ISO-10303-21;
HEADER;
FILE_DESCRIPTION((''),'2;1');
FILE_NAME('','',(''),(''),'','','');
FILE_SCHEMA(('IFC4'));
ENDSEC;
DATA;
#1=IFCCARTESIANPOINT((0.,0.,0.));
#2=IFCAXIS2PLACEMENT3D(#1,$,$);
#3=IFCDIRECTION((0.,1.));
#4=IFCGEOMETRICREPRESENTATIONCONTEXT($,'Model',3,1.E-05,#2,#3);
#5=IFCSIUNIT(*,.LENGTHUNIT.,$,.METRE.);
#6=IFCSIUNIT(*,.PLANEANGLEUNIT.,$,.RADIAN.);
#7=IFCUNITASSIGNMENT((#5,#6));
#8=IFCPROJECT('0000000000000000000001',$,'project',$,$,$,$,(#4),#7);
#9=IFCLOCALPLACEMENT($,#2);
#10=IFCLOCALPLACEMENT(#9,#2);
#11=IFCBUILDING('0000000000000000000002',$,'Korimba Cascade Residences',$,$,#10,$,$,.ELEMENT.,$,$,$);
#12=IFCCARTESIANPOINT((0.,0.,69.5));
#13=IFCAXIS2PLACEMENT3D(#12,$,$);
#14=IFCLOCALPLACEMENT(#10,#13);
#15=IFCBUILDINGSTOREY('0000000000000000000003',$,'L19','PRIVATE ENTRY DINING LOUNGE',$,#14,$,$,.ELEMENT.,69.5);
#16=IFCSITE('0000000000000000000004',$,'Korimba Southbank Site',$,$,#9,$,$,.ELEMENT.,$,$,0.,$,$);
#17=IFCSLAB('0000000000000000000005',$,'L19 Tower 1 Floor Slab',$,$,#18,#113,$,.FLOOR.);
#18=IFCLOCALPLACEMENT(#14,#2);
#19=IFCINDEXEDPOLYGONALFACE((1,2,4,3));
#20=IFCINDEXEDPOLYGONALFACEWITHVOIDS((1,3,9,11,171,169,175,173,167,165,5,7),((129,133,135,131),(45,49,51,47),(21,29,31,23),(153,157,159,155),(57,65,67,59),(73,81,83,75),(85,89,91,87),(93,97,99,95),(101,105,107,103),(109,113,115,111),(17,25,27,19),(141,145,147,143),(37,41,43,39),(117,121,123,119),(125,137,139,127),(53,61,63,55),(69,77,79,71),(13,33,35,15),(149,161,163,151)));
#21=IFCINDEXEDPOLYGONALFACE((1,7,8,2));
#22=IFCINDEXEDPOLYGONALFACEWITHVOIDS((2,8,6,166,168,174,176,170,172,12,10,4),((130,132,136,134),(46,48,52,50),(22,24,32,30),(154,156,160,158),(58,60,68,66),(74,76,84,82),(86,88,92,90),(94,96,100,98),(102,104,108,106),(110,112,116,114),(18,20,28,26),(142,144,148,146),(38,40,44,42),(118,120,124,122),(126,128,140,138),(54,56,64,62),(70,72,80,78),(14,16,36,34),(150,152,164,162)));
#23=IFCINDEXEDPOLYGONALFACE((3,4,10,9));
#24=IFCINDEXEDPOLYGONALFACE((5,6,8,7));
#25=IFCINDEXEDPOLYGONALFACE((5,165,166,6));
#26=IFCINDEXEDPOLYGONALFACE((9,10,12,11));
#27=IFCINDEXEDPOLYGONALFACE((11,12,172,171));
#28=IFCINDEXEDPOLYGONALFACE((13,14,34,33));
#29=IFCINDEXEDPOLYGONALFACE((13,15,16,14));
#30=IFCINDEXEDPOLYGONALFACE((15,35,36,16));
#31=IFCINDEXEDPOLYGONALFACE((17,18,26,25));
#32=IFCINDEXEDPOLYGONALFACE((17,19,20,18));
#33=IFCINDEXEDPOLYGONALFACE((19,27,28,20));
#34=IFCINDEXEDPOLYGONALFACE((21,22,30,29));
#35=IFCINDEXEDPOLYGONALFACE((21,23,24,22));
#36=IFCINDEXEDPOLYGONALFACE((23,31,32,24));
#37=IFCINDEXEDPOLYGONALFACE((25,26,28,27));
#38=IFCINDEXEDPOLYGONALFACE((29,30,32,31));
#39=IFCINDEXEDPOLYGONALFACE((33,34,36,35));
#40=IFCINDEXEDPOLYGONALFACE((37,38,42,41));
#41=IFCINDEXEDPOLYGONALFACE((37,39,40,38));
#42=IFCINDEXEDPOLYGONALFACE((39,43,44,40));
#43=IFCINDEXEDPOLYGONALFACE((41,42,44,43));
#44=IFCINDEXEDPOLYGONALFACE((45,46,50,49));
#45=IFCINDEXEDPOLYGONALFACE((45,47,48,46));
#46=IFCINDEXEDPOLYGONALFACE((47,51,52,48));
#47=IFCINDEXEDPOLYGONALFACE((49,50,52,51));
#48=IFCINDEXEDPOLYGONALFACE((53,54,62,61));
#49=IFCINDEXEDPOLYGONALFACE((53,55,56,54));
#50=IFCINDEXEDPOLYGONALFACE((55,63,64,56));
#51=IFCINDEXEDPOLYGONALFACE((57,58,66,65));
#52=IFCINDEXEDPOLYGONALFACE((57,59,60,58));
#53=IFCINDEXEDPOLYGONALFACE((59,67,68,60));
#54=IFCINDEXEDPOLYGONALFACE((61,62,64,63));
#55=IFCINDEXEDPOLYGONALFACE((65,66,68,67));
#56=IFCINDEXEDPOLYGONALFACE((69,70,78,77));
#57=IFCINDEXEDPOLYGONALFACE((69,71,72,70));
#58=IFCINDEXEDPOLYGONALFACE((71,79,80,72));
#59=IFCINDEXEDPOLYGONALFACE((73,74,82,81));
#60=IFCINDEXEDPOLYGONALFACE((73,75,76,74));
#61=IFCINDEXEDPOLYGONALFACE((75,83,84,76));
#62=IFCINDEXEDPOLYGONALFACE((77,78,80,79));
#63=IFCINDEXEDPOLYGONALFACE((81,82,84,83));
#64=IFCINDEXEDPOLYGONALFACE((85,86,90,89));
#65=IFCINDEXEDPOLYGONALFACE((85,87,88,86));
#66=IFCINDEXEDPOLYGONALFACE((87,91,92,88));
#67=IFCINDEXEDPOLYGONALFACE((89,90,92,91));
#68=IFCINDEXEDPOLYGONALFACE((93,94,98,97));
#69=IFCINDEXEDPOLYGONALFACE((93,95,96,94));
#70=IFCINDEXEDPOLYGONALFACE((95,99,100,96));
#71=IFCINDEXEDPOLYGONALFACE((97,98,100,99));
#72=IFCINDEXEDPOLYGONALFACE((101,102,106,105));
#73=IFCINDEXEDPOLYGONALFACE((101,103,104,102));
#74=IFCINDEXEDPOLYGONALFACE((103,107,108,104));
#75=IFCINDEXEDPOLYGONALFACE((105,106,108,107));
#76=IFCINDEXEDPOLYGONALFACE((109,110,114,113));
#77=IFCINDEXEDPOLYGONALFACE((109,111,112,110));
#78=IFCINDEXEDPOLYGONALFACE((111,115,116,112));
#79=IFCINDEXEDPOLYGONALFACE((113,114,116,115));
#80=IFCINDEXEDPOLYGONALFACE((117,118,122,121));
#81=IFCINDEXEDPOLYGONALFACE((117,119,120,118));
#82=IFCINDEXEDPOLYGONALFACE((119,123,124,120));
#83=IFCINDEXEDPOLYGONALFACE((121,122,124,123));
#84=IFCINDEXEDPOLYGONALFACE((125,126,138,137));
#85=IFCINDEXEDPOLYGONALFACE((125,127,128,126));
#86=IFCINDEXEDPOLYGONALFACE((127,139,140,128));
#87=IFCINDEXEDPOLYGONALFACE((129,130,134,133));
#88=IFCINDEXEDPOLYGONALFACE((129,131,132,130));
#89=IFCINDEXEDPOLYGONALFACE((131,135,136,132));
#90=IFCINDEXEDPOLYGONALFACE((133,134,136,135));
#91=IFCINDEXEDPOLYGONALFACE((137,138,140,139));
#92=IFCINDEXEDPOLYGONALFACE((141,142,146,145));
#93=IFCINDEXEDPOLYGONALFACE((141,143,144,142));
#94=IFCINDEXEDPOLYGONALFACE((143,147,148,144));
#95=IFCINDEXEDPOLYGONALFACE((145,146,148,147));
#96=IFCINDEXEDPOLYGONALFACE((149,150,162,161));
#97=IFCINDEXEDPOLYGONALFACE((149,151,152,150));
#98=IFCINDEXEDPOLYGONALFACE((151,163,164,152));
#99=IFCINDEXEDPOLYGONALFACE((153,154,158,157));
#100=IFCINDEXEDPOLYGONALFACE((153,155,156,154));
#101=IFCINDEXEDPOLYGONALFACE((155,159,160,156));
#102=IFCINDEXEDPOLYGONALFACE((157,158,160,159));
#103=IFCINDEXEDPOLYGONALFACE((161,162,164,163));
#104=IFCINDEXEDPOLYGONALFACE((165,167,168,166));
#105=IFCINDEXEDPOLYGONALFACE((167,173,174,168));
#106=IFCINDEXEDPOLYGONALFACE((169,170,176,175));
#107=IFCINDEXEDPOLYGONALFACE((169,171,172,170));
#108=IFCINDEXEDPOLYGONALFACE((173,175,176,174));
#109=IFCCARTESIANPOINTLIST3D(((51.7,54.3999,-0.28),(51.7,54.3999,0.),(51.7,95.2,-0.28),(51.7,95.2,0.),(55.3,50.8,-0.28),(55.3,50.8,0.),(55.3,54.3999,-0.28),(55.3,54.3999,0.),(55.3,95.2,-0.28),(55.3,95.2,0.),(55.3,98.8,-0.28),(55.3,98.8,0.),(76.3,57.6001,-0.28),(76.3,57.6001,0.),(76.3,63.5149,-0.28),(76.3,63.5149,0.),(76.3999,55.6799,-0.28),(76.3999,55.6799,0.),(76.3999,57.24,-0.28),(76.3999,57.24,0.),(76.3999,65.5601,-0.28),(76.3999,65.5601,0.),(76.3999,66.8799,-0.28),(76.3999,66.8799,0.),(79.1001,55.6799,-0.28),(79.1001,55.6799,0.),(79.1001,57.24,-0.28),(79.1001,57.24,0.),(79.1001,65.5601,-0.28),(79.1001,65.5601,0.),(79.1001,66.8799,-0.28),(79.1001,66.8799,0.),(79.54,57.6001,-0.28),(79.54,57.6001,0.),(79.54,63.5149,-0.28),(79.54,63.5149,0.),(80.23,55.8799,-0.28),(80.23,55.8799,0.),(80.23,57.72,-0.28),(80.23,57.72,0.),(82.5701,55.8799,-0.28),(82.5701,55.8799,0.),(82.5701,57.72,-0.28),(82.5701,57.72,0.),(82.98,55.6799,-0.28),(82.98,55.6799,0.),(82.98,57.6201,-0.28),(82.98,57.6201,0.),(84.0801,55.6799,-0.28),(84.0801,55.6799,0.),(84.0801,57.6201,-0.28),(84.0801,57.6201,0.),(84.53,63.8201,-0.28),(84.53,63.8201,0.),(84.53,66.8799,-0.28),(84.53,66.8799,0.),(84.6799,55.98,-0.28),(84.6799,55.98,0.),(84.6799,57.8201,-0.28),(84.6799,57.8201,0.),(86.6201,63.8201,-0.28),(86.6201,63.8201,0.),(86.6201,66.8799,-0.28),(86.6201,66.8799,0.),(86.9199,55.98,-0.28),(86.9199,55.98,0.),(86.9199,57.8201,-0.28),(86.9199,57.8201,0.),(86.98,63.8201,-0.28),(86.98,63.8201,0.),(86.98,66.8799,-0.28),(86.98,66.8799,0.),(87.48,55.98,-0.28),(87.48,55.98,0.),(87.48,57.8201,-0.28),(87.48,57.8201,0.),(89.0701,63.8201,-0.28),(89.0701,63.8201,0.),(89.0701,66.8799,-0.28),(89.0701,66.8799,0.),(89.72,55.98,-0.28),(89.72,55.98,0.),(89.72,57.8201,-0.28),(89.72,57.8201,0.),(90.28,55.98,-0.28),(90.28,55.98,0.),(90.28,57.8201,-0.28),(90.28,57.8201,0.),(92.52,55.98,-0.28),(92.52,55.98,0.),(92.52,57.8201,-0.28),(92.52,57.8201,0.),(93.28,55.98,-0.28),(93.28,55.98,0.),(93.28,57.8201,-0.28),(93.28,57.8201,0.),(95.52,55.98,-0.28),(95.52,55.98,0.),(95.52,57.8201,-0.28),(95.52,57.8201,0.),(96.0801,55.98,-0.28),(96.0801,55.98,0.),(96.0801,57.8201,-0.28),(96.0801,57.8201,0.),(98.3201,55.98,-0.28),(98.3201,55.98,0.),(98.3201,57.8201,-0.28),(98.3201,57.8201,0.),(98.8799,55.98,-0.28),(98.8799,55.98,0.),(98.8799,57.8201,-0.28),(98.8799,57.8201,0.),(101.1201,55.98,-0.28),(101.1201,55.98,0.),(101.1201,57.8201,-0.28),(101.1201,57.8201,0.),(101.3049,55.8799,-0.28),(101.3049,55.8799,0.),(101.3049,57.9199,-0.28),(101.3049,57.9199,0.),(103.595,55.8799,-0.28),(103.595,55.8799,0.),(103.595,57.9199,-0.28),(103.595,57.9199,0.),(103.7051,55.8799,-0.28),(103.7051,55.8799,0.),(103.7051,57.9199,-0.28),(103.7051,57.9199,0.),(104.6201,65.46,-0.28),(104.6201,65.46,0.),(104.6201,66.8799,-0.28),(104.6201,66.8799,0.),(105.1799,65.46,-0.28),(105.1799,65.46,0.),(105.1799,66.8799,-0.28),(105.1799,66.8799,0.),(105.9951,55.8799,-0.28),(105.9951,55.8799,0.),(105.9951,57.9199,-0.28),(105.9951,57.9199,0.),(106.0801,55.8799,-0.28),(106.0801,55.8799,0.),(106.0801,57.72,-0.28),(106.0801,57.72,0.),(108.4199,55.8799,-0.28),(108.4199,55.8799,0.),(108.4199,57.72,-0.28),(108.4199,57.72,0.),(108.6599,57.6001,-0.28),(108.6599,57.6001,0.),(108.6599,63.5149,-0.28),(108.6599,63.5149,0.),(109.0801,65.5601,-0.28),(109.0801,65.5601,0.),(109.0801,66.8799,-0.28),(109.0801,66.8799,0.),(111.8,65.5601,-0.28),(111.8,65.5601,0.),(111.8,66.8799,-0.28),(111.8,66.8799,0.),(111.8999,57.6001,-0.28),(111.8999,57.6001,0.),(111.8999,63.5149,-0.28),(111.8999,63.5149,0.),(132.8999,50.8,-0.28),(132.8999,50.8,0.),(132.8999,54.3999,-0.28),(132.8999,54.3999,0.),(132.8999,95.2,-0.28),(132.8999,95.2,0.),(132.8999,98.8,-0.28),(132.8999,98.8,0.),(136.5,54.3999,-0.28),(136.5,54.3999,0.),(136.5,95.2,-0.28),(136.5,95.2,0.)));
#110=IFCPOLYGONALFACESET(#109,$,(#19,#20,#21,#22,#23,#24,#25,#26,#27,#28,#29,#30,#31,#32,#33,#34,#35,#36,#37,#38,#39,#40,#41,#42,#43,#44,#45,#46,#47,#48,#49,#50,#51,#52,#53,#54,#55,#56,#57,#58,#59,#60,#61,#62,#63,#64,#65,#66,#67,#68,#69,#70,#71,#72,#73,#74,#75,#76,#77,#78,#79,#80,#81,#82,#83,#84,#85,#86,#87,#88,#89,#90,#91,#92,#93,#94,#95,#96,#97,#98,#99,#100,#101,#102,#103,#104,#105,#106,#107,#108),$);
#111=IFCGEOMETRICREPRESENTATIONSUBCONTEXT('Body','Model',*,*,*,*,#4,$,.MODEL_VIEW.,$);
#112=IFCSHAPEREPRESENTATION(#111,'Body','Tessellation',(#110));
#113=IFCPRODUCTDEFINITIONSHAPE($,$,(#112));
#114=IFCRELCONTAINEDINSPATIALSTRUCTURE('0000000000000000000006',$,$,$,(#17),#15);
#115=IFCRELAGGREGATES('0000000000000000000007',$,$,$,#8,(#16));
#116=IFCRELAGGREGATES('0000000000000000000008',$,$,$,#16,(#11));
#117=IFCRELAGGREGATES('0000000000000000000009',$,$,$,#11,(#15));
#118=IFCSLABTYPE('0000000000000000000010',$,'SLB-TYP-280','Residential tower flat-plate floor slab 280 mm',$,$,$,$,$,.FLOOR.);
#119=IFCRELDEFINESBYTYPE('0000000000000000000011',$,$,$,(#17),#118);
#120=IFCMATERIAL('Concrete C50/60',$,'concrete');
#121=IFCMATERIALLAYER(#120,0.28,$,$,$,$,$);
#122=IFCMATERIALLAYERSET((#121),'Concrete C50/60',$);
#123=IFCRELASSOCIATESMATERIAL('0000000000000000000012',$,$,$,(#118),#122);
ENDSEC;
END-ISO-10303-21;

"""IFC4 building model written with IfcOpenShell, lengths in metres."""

from ifc_helpers import new_model, si_unit, direction, frame, origin, place, context, subcontext, project, spatial, polyline, outline, extrude, material, layer, layer_set, type_object, element, save


model = new_model("IFC4")

# Units and contexts
model_context = context("Model", 3, precision=1e-05, world=origin(), true_north=direction((0.0, 1.0)))
body_context = subcontext(model_context, "Body", "Model", "MODEL_VIEW")
ifc_project = project(units=[si_unit("LENGTHUNIT", "METRE"), si_unit("PLANEANGLEUNIT", "RADIAN")], contexts=[model_context])

# Site, building, storey
site_placement = place(None, origin())
site = spatial("IfcSite", under=ifc_project, at=site_placement, Name="Korimba Southbank Site", CompositionType="ELEMENT", RefElevation=0.0)
building_placement = place(site_placement, origin())
building = spatial("IfcBuilding", under=site, at=building_placement, Name="Korimba Cascade Residences", CompositionType="ELEMENT")
storey_placement = place(building_placement, frame((0.0, 0.0, 69.5)))
storey = spatial("IfcBuildingStorey", under=building, at=storey_placement, Name="L19", Description="PRIVATE ENTRY DINING LOUNGE", CompositionType="ELEMENT", Elevation=69.5)

# Shared definitions
ifc_material_1 = material(Name="Concrete C50/60", Category="concrete")

# Slab
ifc_layer_1 = layer(ifc_material_1, 0.28)
ifc_layer_set_1 = layer_set([ifc_layer_1], Name="Concrete C50/60")
slab_type_1 = type_object("IfcSlabType", Name="SLB-TYP-280", Description="Residential tower flat-plate floor slab 280 mm", PredefinedType="FLOOR", material=ifc_layer_set_1)
slab_1_placement = place(storey_placement, frame((0.0, 0.0, -0.28)))
element("IfcSlab", 1, at=slab_1_placement, inside=storey, type_object=slab_type_1, Name="L19 Tower 1 Floor Slab", PredefinedType="FLOOR", context=body_context, shape_type="SweptSolid", body=[
    extrude(outline(polyline([(55.3, 50.8), (132.8999, 50.8), (132.8999, 54.3999), (136.5, 54.3999), (136.5, 95.2), (132.8999, 95.2), (132.8999, 98.8), (55.3, 98.8), (55.3, 95.2), (51.7, 95.2), (51.7, 54.3999), (55.3, 54.3999), (55.3, 50.8)]), holes=[polyline([(76.3, 63.5149), (76.3, 57.6001), (79.54, 57.6001), (79.54, 63.5149), (76.3, 63.5149)]), polyline([(108.6599, 63.5149), (108.6599, 57.6001), (111.8999, 57.6001), (111.8999, 63.5149), (108.6599, 63.5149)]), polyline([(80.23, 55.8799), (82.5701, 55.8799), (82.5701, 57.72), (80.23, 57.72), (80.23, 55.8799)]), polyline([(106.0801, 55.8799), (108.4199, 55.8799), (108.4199, 57.72), (106.0801, 57.72), (106.0801, 55.8799)]), polyline([(84.6799, 55.98), (86.9199, 55.98), (86.9199, 57.8201), (84.6799, 57.8201), (84.6799, 55.98)]), polyline([(87.48, 55.98), (89.72, 55.98), (89.72, 57.8201), (87.48, 57.8201), (87.48, 55.98)]), polyline([(90.28, 55.98), (92.52, 55.98), (92.52, 57.8201), (90.28, 57.8201), (90.28, 55.98)]), polyline([(93.28, 55.98), (95.52, 55.98), (95.52, 57.8201), (93.28, 57.8201), (93.28, 55.98)]), polyline([(96.0801, 55.98), (98.3201, 55.98), (98.3201, 57.8201), (96.0801, 57.8201), (96.0801, 55.98)]), polyline([(98.8799, 55.98), (101.1201, 55.98), (101.1201, 57.8201), (98.8799, 57.8201), (98.8799, 55.98)]), polyline([(101.3049, 55.8799), (103.595, 55.8799), (103.595, 57.9199), (101.3049, 57.9199), (101.3049, 55.8799)]), polyline([(103.7051, 55.8799), (105.9951, 55.8799), (105.9951, 57.9199), (103.7051, 57.9199), (103.7051, 55.8799)]), polyline([(82.98, 55.6799), (84.0801, 55.6799), (84.0801, 57.6201), (82.98, 57.6201), (82.98, 55.6799)]), polyline([(76.3999, 65.5601), (79.1001, 65.5601), (79.1001, 66.8799), (76.3999, 66.8799), (76.3999, 65.5601)]), polyline([(76.3999, 55.6799), (79.1001, 55.6799), (79.1001, 57.24), (76.3999, 57.24), (76.3999, 55.6799)]), polyline([(84.53, 63.8201), (86.6201, 63.8201), (86.6201, 66.8799), (84.53, 66.8799), (84.53, 63.8201)]), polyline([(86.98, 63.8201), (89.0701, 63.8201), (89.0701, 66.8799), (86.98, 66.8799), (86.98, 63.8201)]), polyline([(104.6201, 65.46), (105.1799, 65.46), (105.1799, 66.8799), (104.6201, 66.8799), (104.6201, 65.46)]), polyline([(109.0801, 65.5601), (111.8, 65.5601), (111.8, 66.8799), (109.0801, 66.8799), (109.0801, 65.5601)])]), origin(), (0.0, 0.0, 1.0), 0.28),
])

save(model, "model.ifc")
